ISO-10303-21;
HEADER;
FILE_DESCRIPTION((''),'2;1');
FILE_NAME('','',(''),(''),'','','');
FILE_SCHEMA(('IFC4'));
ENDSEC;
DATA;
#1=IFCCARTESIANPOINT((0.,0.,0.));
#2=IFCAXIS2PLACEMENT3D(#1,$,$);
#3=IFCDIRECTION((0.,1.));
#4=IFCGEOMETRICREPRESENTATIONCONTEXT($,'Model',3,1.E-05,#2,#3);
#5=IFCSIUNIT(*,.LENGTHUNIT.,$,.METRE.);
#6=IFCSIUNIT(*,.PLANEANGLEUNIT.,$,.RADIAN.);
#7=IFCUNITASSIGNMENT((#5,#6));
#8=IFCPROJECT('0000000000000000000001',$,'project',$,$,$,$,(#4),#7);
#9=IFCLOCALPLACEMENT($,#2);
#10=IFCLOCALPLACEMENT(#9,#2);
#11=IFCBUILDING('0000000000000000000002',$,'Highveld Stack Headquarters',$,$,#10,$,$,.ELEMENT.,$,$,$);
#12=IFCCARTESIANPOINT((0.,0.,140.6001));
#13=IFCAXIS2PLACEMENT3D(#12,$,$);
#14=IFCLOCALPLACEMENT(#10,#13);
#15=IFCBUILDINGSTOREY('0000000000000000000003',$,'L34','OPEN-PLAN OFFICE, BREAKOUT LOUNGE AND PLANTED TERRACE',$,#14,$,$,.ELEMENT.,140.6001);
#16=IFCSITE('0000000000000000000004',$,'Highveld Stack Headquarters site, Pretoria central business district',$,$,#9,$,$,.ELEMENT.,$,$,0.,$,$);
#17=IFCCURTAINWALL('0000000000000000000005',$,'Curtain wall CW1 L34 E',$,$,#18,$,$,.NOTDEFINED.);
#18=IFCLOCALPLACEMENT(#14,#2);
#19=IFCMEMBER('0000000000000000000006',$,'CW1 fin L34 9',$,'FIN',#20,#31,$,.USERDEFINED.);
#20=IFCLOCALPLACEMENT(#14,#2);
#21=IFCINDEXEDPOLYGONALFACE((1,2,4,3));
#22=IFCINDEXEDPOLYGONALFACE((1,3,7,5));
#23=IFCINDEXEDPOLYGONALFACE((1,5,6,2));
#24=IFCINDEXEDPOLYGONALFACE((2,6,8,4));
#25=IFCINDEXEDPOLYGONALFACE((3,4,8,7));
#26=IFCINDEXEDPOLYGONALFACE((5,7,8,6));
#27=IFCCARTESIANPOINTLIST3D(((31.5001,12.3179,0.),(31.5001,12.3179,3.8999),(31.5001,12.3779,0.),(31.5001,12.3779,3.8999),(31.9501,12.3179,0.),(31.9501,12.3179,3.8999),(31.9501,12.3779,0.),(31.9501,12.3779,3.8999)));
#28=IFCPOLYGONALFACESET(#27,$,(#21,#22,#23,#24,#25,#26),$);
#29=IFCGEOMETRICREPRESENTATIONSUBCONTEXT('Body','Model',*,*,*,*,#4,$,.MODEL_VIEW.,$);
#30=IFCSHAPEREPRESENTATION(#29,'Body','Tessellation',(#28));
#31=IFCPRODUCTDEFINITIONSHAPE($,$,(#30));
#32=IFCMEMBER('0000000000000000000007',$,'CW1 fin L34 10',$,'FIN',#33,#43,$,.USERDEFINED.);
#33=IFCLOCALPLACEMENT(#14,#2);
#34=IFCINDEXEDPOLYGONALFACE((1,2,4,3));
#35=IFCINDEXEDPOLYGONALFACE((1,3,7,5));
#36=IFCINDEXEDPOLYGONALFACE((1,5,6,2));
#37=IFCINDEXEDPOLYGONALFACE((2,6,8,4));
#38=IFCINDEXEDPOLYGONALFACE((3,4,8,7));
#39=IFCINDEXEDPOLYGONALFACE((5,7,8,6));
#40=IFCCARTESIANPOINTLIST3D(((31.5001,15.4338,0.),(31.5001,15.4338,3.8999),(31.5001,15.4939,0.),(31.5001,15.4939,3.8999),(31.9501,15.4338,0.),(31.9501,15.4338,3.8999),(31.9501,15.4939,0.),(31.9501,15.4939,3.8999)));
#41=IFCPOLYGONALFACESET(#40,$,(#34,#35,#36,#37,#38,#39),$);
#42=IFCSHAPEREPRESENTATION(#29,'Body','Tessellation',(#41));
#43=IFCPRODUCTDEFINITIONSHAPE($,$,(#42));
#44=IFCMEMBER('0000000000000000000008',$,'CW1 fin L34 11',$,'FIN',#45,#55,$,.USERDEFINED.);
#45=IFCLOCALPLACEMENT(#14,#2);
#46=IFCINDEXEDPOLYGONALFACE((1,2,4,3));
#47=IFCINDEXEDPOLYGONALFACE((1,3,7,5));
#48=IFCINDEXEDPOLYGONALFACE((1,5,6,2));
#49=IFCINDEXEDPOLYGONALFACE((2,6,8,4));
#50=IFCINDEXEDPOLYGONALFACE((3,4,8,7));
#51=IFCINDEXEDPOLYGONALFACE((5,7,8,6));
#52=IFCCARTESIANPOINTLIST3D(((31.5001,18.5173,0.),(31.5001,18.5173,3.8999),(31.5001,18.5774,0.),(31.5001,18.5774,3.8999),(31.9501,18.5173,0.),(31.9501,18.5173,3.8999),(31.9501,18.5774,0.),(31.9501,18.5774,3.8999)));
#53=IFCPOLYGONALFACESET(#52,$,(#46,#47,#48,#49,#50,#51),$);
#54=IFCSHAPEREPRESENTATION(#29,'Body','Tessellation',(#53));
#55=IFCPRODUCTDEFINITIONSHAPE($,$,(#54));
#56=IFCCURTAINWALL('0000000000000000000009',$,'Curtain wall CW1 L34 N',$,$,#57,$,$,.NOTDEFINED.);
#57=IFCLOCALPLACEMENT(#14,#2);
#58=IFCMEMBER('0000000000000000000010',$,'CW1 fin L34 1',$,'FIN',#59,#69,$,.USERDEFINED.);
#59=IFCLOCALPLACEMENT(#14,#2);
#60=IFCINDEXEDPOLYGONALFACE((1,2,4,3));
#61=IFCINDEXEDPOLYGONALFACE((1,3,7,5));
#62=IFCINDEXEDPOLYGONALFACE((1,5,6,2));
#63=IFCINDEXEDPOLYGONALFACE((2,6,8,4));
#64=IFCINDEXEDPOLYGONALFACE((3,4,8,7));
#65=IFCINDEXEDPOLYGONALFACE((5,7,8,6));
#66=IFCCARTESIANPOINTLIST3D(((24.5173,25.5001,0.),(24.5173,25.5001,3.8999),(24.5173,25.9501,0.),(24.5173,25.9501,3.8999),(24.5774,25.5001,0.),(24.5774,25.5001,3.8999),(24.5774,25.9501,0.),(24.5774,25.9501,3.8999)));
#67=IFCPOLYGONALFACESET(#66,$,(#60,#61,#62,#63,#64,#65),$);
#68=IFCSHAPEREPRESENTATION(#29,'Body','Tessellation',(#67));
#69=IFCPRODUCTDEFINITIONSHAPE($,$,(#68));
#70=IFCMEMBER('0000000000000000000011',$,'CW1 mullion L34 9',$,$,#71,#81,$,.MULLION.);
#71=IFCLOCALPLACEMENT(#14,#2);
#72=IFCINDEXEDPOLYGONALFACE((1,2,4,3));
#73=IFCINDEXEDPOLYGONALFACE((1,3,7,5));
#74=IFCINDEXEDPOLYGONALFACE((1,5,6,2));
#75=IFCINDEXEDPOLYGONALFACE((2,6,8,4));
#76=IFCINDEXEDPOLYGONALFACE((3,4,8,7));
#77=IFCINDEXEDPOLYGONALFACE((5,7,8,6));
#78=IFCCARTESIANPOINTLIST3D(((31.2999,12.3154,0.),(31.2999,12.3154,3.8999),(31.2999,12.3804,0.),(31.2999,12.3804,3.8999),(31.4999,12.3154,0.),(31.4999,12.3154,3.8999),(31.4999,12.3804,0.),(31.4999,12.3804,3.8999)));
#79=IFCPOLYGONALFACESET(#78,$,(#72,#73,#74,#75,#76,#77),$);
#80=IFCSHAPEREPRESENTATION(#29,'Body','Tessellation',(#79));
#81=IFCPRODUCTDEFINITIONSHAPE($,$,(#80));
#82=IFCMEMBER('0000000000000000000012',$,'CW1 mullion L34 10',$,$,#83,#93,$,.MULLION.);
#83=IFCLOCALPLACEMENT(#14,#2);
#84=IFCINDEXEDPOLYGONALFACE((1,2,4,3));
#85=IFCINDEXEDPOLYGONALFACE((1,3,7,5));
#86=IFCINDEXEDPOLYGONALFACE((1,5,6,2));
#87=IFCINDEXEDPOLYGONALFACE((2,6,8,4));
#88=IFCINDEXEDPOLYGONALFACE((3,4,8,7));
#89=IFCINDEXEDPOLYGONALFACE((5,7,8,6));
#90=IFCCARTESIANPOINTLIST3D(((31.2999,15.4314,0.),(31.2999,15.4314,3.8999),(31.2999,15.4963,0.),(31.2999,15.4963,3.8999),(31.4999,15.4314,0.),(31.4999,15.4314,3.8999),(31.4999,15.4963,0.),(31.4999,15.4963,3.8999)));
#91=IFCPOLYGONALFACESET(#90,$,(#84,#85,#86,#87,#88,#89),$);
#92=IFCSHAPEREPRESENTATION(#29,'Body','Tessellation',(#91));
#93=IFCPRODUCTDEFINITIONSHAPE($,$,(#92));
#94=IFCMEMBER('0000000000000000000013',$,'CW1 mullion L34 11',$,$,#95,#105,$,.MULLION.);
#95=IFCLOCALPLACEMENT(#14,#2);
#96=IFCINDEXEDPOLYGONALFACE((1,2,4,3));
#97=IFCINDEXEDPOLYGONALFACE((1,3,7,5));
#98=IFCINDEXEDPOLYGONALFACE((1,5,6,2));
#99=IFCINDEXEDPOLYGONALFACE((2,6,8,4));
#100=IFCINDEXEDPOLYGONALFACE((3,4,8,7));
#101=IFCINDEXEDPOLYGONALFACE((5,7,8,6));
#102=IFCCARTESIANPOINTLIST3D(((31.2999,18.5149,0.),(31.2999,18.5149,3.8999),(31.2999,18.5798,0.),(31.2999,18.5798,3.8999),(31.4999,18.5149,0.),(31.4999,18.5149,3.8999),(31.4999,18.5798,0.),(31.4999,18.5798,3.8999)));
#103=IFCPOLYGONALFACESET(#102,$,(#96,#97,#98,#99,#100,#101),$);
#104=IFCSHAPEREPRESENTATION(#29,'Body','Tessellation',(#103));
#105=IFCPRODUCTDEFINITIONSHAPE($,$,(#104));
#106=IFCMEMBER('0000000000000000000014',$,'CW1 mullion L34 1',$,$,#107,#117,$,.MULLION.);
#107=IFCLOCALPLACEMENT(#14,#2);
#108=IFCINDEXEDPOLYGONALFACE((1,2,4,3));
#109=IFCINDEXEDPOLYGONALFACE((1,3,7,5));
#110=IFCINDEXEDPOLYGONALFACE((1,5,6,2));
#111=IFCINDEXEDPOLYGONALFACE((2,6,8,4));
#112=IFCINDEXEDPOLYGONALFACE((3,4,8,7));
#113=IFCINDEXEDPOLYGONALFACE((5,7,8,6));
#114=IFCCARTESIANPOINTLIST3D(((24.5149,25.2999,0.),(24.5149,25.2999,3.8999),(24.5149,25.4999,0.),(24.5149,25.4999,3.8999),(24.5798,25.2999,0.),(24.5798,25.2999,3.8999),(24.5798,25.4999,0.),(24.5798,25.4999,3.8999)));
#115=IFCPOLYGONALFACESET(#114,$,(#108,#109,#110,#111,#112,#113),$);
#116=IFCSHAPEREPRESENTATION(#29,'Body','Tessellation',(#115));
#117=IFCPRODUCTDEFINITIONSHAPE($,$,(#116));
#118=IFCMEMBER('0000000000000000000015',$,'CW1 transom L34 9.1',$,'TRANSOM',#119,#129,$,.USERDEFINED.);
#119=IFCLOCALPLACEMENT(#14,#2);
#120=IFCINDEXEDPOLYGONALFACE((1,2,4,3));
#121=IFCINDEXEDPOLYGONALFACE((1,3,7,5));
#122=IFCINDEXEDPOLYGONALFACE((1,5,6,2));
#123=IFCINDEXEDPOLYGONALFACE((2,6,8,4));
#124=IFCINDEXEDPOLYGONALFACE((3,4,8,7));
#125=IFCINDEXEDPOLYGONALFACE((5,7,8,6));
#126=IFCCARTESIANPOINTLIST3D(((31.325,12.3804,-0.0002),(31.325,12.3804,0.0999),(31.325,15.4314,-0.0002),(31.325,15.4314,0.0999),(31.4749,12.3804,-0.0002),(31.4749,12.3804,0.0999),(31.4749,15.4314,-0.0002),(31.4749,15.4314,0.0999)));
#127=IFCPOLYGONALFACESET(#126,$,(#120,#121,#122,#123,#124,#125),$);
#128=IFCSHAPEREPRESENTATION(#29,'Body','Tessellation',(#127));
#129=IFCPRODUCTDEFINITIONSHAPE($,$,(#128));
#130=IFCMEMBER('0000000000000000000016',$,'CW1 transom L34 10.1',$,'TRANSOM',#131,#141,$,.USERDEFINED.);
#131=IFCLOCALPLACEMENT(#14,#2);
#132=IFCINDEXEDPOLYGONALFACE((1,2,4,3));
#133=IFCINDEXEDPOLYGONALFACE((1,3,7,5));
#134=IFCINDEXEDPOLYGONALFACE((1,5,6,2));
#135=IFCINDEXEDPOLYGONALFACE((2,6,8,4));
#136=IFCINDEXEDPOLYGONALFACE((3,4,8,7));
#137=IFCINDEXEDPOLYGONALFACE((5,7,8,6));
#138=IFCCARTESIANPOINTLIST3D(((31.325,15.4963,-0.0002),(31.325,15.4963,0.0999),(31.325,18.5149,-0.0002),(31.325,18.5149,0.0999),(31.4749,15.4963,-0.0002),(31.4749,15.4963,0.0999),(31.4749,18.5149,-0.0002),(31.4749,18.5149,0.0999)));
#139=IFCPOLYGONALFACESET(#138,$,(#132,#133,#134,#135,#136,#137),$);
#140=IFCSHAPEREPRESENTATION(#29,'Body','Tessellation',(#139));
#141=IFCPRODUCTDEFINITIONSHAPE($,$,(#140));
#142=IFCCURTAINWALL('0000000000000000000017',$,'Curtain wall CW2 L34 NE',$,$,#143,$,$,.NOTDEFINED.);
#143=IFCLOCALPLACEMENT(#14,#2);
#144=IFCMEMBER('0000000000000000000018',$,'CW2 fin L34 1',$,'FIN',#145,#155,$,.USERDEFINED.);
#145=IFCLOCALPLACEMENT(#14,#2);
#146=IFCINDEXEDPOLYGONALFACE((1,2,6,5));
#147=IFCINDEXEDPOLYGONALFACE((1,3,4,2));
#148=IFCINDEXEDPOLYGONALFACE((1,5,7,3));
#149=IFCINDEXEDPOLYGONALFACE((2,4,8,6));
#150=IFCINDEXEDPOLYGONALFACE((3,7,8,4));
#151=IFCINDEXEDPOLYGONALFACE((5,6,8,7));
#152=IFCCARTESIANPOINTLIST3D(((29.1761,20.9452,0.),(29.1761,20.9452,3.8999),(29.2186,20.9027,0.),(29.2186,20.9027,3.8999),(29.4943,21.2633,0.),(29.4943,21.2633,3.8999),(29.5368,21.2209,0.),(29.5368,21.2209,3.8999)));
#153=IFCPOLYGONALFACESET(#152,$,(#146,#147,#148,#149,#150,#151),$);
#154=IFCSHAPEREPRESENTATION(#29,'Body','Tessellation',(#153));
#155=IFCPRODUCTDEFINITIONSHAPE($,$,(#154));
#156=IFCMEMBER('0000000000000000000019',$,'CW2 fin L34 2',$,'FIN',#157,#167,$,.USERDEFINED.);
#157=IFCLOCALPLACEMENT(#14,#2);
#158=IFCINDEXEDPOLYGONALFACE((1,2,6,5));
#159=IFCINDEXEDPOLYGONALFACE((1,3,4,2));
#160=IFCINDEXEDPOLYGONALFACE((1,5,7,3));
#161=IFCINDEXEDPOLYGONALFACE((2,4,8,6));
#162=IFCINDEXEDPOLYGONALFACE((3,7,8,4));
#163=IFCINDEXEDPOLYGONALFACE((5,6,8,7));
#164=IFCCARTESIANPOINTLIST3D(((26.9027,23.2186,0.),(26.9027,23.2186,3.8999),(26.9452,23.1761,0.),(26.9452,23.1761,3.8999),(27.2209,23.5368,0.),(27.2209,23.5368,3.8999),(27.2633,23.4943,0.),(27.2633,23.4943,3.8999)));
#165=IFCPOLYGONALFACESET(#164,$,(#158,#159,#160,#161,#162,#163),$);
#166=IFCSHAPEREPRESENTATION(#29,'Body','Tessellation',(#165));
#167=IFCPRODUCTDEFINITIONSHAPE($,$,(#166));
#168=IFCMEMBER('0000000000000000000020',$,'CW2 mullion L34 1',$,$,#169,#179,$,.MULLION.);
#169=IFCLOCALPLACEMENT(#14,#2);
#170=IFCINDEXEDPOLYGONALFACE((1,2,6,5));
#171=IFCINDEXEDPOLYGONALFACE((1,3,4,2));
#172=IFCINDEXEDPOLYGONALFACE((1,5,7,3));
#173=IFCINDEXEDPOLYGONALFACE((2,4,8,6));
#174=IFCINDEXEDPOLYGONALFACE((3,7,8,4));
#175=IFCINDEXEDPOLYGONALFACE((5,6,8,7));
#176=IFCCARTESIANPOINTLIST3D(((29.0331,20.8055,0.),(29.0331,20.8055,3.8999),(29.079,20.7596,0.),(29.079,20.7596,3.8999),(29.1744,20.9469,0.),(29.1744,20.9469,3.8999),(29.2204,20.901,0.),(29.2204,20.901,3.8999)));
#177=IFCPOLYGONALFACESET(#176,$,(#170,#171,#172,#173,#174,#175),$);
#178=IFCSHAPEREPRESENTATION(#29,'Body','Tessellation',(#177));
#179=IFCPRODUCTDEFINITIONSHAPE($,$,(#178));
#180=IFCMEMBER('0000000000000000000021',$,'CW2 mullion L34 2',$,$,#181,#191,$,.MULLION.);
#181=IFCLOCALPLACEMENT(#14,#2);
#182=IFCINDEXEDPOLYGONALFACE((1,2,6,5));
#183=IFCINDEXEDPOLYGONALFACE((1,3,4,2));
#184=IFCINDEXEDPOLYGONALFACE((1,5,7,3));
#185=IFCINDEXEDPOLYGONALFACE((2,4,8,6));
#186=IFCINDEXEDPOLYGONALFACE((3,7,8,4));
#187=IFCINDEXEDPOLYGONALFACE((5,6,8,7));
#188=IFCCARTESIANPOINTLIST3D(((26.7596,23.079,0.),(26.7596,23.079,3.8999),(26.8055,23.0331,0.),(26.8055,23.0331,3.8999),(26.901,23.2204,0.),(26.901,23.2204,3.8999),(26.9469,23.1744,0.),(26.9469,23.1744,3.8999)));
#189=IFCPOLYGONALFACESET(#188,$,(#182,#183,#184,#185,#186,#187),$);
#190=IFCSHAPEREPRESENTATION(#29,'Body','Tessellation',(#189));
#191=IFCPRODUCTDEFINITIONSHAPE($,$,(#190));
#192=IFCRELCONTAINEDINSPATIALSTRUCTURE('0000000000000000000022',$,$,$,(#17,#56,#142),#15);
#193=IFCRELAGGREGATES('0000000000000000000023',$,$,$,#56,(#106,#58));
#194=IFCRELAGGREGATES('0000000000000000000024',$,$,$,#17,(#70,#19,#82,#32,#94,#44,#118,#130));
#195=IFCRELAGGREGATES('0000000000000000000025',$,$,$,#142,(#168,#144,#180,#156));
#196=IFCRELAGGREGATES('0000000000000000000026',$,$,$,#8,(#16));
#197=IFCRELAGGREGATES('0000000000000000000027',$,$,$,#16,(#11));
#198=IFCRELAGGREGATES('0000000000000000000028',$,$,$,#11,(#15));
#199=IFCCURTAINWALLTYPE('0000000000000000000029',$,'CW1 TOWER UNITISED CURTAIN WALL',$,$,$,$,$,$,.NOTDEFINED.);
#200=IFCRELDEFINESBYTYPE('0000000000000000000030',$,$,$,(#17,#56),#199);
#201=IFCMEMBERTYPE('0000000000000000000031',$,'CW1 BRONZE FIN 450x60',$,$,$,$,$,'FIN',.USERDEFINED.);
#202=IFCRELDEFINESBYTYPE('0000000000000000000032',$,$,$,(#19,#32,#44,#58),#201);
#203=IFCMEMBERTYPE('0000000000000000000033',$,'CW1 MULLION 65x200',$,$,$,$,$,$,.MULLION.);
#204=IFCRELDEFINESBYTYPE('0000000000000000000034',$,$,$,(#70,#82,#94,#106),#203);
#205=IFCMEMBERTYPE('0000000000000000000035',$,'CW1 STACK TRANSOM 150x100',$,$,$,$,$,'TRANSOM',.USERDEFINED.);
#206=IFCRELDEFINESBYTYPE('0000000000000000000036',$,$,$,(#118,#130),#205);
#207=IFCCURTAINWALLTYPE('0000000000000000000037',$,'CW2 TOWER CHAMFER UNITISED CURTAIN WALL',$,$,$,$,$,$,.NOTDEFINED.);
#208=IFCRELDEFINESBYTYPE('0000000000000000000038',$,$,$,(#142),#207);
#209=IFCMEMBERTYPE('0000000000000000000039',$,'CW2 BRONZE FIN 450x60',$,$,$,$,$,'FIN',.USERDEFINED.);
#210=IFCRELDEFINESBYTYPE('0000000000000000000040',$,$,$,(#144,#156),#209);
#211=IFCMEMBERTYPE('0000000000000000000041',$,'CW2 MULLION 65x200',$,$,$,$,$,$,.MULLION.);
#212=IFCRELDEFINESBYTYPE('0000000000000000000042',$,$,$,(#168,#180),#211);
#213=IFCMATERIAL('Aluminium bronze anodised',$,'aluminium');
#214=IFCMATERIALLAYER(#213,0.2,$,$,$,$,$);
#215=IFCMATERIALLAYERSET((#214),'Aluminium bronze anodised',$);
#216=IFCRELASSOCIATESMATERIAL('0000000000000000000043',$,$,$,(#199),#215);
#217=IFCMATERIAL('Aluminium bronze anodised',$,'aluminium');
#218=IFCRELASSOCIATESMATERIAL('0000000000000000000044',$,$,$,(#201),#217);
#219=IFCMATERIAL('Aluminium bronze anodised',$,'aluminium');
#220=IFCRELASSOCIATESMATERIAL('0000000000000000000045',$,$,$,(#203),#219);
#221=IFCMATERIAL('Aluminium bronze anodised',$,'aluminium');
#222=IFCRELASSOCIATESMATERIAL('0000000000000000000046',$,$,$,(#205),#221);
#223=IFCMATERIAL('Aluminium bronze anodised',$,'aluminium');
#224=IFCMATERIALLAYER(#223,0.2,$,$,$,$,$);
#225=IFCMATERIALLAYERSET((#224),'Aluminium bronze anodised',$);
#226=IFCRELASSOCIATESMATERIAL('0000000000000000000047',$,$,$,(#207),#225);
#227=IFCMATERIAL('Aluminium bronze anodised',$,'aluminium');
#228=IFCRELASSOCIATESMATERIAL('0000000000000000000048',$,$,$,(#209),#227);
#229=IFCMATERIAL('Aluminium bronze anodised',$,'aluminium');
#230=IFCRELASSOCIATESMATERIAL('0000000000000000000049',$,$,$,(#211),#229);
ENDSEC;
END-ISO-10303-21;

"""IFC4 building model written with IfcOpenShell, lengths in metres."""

from ifc_helpers import new_model, si_unit, direction, frame, origin, origin_2d, place, context, subcontext, project, spatial, rectangle, extrude, material, layer, layer_set, material_profile, profile_set, type_object, element, aggregate, save


model = new_model("IFC4")

# Units and contexts
model_context = context("Model", 3, precision=1e-05, world=origin(), true_north=direction((0.0, 1.0)))
body_context = subcontext(model_context, "Body", "Model", "MODEL_VIEW")
ifc_project = project(units=[si_unit("LENGTHUNIT", "METRE"), si_unit("PLANEANGLEUNIT", "RADIAN")], contexts=[model_context])

# Site, building, storey
site_placement = place(None, origin())
site = spatial("IfcSite", under=ifc_project, at=site_placement, Name="Highveld Stack Headquarters site, Pretoria central business district", CompositionType="ELEMENT", RefElevation=0.0)
building_placement = place(site_placement, origin())
building = spatial("IfcBuilding", under=site, at=building_placement, Name="Highveld Stack Headquarters", CompositionType="ELEMENT")
storey_placement = place(building_placement, frame((0.0, 0.0, 140.6001)))
storey = spatial("IfcBuildingStorey", under=building, at=storey_placement, Name="L34", Description="OPEN-PLAN OFFICE, BREAKOUT LOUNGE AND PLANTED TERRACE", CompositionType="ELEMENT", Elevation=140.6001)

# Curtain wall, members
ifc_material_1 = material(Name="Aluminium bronze anodised", Category="aluminium")
ifc_layer_1 = layer(ifc_material_1, 0.2)
ifc_layer_set_1 = layer_set([ifc_layer_1], Name="Aluminium bronze anodised")
curtain_wall_type_1 = type_object("IfcCurtainWallType", Name="CW1 TOWER UNITISED CURTAIN WALL", PredefinedType="NOTDEFINED", material=ifc_layer_set_1)
curtain_wall_1_placement = place(storey_placement, origin())
curtain_wall_1 = element("IfcCurtainWall", 1, at=curtain_wall_1_placement, inside=storey, type_object=curtain_wall_type_1, Name="Curtain wall CW1 L34 E", PredefinedType="NOTDEFINED")
ifc_material_2 = material(Name="Aluminium bronze anodised", Category="aluminium")
ifc_material_profile_1 = material_profile(ifc_material_2, rectangle(XDim=0.45, YDim=0.0601, at=origin_2d()), Name="FIN 450x60")
ifc_profile_set_1 = profile_set([ifc_material_profile_1], Name="Aluminium bronze anodised")
member_type_1 = type_object("IfcMemberType", Name="CW1 BRONZE FIN 450x60", ElementType="FIN", PredefinedType="USERDEFINED", material=ifc_profile_set_1)
member_1_placement = place(storey_placement, frame((31.7251, 12.3479, 0.0), z_axis=(0.0, 0.0, 1.0), x_axis=(-1.0, 0.0, 0.0)))
member_1 = element("IfcMember", 2, at=member_1_placement, type_object=member_type_1, Name="CW1 fin L34 9", ObjectType="FIN", PredefinedType="USERDEFINED", context=body_context, shape_type="SweptSolid", body=[
    extrude(rectangle(XDim=0.45, YDim=0.0601, at=origin_2d()), origin(), (0.0, 0.0, 1.0), 3.8999),
])
member_2_placement = place(storey_placement, frame((31.7251, 15.4639, 0.0), z_axis=(0.0, 0.0, 1.0), x_axis=(-1.0, 0.0, 0.0)))
member_2 = element("IfcMember", 3, at=member_2_placement, type_object=member_type_1, Name="CW1 fin L34 10", ObjectType="FIN", PredefinedType="USERDEFINED", context=body_context, shape_type="SweptSolid", body=[
    extrude(rectangle(XDim=0.45, YDim=0.0601, at=origin_2d()), origin(), (0.0, 0.0, 1.0), 3.8999),
])
member_3_placement = place(storey_placement, frame((31.7251, 18.5474, 0.0), z_axis=(0.0, 0.0, 1.0), x_axis=(-1.0, 0.0, 0.0)))
member_3 = element("IfcMember", 4, at=member_3_placement, type_object=member_type_1, Name="CW1 fin L34 11", ObjectType="FIN", PredefinedType="USERDEFINED", context=body_context, shape_type="SweptSolid", body=[
    extrude(rectangle(XDim=0.45, YDim=0.0601, at=origin_2d()), origin(), (0.0, 0.0, 1.0), 3.8999),
])

# Curtain wall, member
curtain_wall_2_placement = place(storey_placement, origin())
curtain_wall_2 = element("IfcCurtainWall", 5, at=curtain_wall_2_placement, inside=storey, type_object=curtain_wall_type_1, Name="Curtain wall CW1 L34 N", PredefinedType="NOTDEFINED")
member_4_placement = place(storey_placement, frame((24.5474, 25.7251, 0.0), z_axis=(0.0, 0.0, 1.0), x_axis=(0.0, -1.0, 0.0)))
member_4 = element("IfcMember", 6, at=member_4_placement, type_object=member_type_1, Name="CW1 fin L34 1", ObjectType="FIN", PredefinedType="USERDEFINED", context=body_context, shape_type="SweptSolid", body=[
    extrude(rectangle(XDim=0.45, YDim=0.0601, at=origin_2d()), origin(), (0.0, 0.0, 1.0), 3.8999),
])

# Members
ifc_material_3 = material(Name="Aluminium bronze anodised", Category="aluminium")
ifc_material_profile_2 = material_profile(ifc_material_3, rectangle(XDim=0.2, YDim=0.0649, at=origin_2d()), Name="CW1 MULLION 65x200")
ifc_profile_set_2 = profile_set([ifc_material_profile_2], Name="Aluminium bronze anodised")
member_type_2 = type_object("IfcMemberType", Name="CW1 MULLION 65x200", PredefinedType="MULLION", material=ifc_profile_set_2)
member_5_placement = place(storey_placement, frame((31.3999, 12.3479, 0.0), z_axis=(0.0, 0.0, 1.0), x_axis=(-1.0, 0.0, 0.0)))
member_5 = element("IfcMember", 7, at=member_5_placement, type_object=member_type_2, Name="CW1 mullion L34 9", PredefinedType="MULLION", context=body_context, shape_type="SweptSolid", body=[
    extrude(rectangle(XDim=0.2, YDim=0.0649, at=origin_2d()), origin(), (0.0, 0.0, 1.0), 3.8999),
])
member_6_placement = place(storey_placement, frame((31.3999, 15.4639, 0.0), z_axis=(0.0, 0.0, 1.0), x_axis=(-1.0, 0.0, 0.0)))
member_6 = element("IfcMember", 8, at=member_6_placement, type_object=member_type_2, Name="CW1 mullion L34 10", PredefinedType="MULLION", context=body_context, shape_type="SweptSolid", body=[
    extrude(rectangle(XDim=0.2, YDim=0.0649, at=origin_2d()), origin(), (0.0, 0.0, 1.0), 3.8999),
])
member_7_placement = place(storey_placement, frame((31.3999, 18.5474, 0.0), z_axis=(0.0, 0.0, 1.0), x_axis=(-1.0, 0.0, 0.0)))
member_7 = element("IfcMember", 9, at=member_7_placement, type_object=member_type_2, Name="CW1 mullion L34 11", PredefinedType="MULLION", context=body_context, shape_type="SweptSolid", body=[
    extrude(rectangle(XDim=0.2, YDim=0.0649, at=origin_2d()), origin(), (0.0, 0.0, 1.0), 3.8999),
])
member_8_placement = place(storey_placement, frame((24.5474, 25.3999, 0.0), z_axis=(0.0, 0.0, 1.0), x_axis=(0.0, -1.0, 0.0)))
member_8 = element("IfcMember", 10, at=member_8_placement, type_object=member_type_2, Name="CW1 mullion L34 1", PredefinedType="MULLION", context=body_context, shape_type="SweptSolid", body=[
    extrude(rectangle(XDim=0.2, YDim=0.0649, at=origin_2d()), origin(), (0.0, 0.0, 1.0), 3.8999),
])
aggregate(curtain_wall_2, [member_8, member_4])
ifc_material_4 = material(Name="Aluminium bronze anodised", Category="aluminium")
ifc_material_profile_3 = material_profile(ifc_material_4, rectangle(XDim=0.1499, YDim=0.1001, at=origin_2d()), Name="CW1 TRANSOM 150x100")
ifc_profile_set_3 = profile_set([ifc_material_profile_3], Name="Aluminium bronze anodised")
member_type_3 = type_object("IfcMemberType", Name="CW1 STACK TRANSOM 150x100", ElementType="TRANSOM", PredefinedType="USERDEFINED", material=ifc_profile_set_3)
member_9_placement = place(storey_placement, frame((31.3999, 12.3804, 0.0498), z_axis=(0.0, 1.0, 0.0), x_axis=(-1.0, 0.0, 0.0)))
member_9 = element("IfcMember", 11, at=member_9_placement, type_object=member_type_3, Name="CW1 transom L34 9.1", ObjectType="TRANSOM", PredefinedType="USERDEFINED", context=body_context, shape_type="SweptSolid", body=[
    extrude(rectangle(XDim=0.1499, YDim=0.1001, at=origin_2d()), origin(), (0.0, 0.0, 1.0), 3.051),
])
member_10_placement = place(storey_placement, frame((31.3999, 15.4963, 0.0498), z_axis=(0.0, 1.0, 0.0), x_axis=(-1.0, 0.0, 0.0)))
member_10 = element("IfcMember", 12, at=member_10_placement, type_object=member_type_3, Name="CW1 transom L34 10.1", ObjectType="TRANSOM", PredefinedType="USERDEFINED", context=body_context, shape_type="SweptSolid", body=[
    extrude(rectangle(XDim=0.1499, YDim=0.1001, at=origin_2d()), origin(), (0.0, 0.0, 1.0), 3.0186),
])

# Curtain wall, members
ifc_material_5 = material(Name="Aluminium bronze anodised", Category="aluminium")
ifc_layer_2 = layer(ifc_material_5, 0.2)
ifc_layer_set_2 = layer_set([ifc_layer_2], Name="Aluminium bronze anodised")
curtain_wall_type_2 = type_object("IfcCurtainWallType", Name="CW2 TOWER CHAMFER UNITISED CURTAIN WALL", PredefinedType="NOTDEFINED", material=ifc_layer_set_2)
curtain_wall_3_placement = place(storey_placement, origin())
curtain_wall_3 = element("IfcCurtainWall", 13, at=curtain_wall_3_placement, inside=storey, type_object=curtain_wall_type_2, Name="Curtain wall CW2 L34 NE", PredefinedType="NOTDEFINED")
ifc_material_6 = material(Name="Aluminium bronze anodised", Category="aluminium")
ifc_material_profile_4 = material_profile(ifc_material_6, rectangle(XDim=0.45, YDim=0.0601, at=origin_2d()), Name="FIN 450x60")
ifc_profile_set_4 = profile_set([ifc_material_profile_4], Name="Aluminium bronze anodised")
member_type_4 = type_object("IfcMemberType", Name="CW2 BRONZE FIN 450x60", ElementType="FIN", PredefinedType="USERDEFINED", material=ifc_profile_set_4)
member_11_placement = place(storey_placement, frame((29.3564, 21.083, 0.0), z_axis=(0.0, 0.0, 1.0), x_axis=(-0.707107, -0.707107, 0.0)))
member_11 = element("IfcMember", 14, at=member_11_placement, type_object=member_type_4, Name="CW2 fin L34 1", ObjectType="FIN", PredefinedType="USERDEFINED", context=body_context, shape_type="SweptSolid", body=[
    extrude(rectangle(XDim=0.45, YDim=0.0601, at=origin_2d()), origin(), (0.0, 0.0, 1.0), 3.8999),
])
member_12_placement = place(storey_placement, frame((27.083, 23.3564, 0.0), z_axis=(0.0, 0.0, 1.0), x_axis=(-0.707107, -0.707107, 0.0)))
member_12 = element("IfcMember", 15, at=member_12_placement, type_object=member_type_4, Name="CW2 fin L34 2", ObjectType="FIN", PredefinedType="USERDEFINED", context=body_context, shape_type="SweptSolid", body=[
    extrude(rectangle(XDim=0.45, YDim=0.0601, at=origin_2d()), origin(), (0.0, 0.0, 1.0), 3.8999),
])
ifc_material_7 = material(Name="Aluminium bronze anodised", Category="aluminium")
ifc_material_profile_5 = material_profile(ifc_material_7, rectangle(XDim=0.2, YDim=0.0649, at=origin_2d()), Name="CW2 MULLION 65x200")
ifc_profile_set_5 = profile_set([ifc_material_profile_5], Name="Aluminium bronze anodised")
member_type_5 = type_object("IfcMemberType", Name="CW2 MULLION 65x200", PredefinedType="MULLION", material=ifc_profile_set_5)
member_13_placement = place(storey_placement, frame((29.1267, 20.8533, 0.0), z_axis=(0.0, 0.0, 1.0), x_axis=(-0.707107, -0.707107, 0.0)))
member_13 = element("IfcMember", 16, at=member_13_placement, type_object=member_type_5, Name="CW2 mullion L34 1", PredefinedType="MULLION", context=body_context, shape_type="SweptSolid", body=[
    extrude(rectangle(XDim=0.2, YDim=0.0649, at=origin_2d()), origin(), (0.0, 0.0, 1.0), 3.8999),
])
member_14_placement = place(storey_placement, frame((26.8533, 23.1267, 0.0), z_axis=(0.0, 0.0, 1.0), x_axis=(-0.707107, -0.707107, 0.0)))
member_14 = element("IfcMember", 17, at=member_14_placement, type_object=member_type_5, Name="CW2 mullion L34 2", PredefinedType="MULLION", context=body_context, shape_type="SweptSolid", body=[
    extrude(rectangle(XDim=0.2, YDim=0.0649, at=origin_2d()), origin(), (0.0, 0.0, 1.0), 3.8999),
])

aggregate(curtain_wall_1, [member_5, member_1, member_6, member_2, member_7, member_3, member_9, member_10])
aggregate(curtain_wall_3, [member_13, member_11, member_14, member_12])

save(model, "model.ifc")
